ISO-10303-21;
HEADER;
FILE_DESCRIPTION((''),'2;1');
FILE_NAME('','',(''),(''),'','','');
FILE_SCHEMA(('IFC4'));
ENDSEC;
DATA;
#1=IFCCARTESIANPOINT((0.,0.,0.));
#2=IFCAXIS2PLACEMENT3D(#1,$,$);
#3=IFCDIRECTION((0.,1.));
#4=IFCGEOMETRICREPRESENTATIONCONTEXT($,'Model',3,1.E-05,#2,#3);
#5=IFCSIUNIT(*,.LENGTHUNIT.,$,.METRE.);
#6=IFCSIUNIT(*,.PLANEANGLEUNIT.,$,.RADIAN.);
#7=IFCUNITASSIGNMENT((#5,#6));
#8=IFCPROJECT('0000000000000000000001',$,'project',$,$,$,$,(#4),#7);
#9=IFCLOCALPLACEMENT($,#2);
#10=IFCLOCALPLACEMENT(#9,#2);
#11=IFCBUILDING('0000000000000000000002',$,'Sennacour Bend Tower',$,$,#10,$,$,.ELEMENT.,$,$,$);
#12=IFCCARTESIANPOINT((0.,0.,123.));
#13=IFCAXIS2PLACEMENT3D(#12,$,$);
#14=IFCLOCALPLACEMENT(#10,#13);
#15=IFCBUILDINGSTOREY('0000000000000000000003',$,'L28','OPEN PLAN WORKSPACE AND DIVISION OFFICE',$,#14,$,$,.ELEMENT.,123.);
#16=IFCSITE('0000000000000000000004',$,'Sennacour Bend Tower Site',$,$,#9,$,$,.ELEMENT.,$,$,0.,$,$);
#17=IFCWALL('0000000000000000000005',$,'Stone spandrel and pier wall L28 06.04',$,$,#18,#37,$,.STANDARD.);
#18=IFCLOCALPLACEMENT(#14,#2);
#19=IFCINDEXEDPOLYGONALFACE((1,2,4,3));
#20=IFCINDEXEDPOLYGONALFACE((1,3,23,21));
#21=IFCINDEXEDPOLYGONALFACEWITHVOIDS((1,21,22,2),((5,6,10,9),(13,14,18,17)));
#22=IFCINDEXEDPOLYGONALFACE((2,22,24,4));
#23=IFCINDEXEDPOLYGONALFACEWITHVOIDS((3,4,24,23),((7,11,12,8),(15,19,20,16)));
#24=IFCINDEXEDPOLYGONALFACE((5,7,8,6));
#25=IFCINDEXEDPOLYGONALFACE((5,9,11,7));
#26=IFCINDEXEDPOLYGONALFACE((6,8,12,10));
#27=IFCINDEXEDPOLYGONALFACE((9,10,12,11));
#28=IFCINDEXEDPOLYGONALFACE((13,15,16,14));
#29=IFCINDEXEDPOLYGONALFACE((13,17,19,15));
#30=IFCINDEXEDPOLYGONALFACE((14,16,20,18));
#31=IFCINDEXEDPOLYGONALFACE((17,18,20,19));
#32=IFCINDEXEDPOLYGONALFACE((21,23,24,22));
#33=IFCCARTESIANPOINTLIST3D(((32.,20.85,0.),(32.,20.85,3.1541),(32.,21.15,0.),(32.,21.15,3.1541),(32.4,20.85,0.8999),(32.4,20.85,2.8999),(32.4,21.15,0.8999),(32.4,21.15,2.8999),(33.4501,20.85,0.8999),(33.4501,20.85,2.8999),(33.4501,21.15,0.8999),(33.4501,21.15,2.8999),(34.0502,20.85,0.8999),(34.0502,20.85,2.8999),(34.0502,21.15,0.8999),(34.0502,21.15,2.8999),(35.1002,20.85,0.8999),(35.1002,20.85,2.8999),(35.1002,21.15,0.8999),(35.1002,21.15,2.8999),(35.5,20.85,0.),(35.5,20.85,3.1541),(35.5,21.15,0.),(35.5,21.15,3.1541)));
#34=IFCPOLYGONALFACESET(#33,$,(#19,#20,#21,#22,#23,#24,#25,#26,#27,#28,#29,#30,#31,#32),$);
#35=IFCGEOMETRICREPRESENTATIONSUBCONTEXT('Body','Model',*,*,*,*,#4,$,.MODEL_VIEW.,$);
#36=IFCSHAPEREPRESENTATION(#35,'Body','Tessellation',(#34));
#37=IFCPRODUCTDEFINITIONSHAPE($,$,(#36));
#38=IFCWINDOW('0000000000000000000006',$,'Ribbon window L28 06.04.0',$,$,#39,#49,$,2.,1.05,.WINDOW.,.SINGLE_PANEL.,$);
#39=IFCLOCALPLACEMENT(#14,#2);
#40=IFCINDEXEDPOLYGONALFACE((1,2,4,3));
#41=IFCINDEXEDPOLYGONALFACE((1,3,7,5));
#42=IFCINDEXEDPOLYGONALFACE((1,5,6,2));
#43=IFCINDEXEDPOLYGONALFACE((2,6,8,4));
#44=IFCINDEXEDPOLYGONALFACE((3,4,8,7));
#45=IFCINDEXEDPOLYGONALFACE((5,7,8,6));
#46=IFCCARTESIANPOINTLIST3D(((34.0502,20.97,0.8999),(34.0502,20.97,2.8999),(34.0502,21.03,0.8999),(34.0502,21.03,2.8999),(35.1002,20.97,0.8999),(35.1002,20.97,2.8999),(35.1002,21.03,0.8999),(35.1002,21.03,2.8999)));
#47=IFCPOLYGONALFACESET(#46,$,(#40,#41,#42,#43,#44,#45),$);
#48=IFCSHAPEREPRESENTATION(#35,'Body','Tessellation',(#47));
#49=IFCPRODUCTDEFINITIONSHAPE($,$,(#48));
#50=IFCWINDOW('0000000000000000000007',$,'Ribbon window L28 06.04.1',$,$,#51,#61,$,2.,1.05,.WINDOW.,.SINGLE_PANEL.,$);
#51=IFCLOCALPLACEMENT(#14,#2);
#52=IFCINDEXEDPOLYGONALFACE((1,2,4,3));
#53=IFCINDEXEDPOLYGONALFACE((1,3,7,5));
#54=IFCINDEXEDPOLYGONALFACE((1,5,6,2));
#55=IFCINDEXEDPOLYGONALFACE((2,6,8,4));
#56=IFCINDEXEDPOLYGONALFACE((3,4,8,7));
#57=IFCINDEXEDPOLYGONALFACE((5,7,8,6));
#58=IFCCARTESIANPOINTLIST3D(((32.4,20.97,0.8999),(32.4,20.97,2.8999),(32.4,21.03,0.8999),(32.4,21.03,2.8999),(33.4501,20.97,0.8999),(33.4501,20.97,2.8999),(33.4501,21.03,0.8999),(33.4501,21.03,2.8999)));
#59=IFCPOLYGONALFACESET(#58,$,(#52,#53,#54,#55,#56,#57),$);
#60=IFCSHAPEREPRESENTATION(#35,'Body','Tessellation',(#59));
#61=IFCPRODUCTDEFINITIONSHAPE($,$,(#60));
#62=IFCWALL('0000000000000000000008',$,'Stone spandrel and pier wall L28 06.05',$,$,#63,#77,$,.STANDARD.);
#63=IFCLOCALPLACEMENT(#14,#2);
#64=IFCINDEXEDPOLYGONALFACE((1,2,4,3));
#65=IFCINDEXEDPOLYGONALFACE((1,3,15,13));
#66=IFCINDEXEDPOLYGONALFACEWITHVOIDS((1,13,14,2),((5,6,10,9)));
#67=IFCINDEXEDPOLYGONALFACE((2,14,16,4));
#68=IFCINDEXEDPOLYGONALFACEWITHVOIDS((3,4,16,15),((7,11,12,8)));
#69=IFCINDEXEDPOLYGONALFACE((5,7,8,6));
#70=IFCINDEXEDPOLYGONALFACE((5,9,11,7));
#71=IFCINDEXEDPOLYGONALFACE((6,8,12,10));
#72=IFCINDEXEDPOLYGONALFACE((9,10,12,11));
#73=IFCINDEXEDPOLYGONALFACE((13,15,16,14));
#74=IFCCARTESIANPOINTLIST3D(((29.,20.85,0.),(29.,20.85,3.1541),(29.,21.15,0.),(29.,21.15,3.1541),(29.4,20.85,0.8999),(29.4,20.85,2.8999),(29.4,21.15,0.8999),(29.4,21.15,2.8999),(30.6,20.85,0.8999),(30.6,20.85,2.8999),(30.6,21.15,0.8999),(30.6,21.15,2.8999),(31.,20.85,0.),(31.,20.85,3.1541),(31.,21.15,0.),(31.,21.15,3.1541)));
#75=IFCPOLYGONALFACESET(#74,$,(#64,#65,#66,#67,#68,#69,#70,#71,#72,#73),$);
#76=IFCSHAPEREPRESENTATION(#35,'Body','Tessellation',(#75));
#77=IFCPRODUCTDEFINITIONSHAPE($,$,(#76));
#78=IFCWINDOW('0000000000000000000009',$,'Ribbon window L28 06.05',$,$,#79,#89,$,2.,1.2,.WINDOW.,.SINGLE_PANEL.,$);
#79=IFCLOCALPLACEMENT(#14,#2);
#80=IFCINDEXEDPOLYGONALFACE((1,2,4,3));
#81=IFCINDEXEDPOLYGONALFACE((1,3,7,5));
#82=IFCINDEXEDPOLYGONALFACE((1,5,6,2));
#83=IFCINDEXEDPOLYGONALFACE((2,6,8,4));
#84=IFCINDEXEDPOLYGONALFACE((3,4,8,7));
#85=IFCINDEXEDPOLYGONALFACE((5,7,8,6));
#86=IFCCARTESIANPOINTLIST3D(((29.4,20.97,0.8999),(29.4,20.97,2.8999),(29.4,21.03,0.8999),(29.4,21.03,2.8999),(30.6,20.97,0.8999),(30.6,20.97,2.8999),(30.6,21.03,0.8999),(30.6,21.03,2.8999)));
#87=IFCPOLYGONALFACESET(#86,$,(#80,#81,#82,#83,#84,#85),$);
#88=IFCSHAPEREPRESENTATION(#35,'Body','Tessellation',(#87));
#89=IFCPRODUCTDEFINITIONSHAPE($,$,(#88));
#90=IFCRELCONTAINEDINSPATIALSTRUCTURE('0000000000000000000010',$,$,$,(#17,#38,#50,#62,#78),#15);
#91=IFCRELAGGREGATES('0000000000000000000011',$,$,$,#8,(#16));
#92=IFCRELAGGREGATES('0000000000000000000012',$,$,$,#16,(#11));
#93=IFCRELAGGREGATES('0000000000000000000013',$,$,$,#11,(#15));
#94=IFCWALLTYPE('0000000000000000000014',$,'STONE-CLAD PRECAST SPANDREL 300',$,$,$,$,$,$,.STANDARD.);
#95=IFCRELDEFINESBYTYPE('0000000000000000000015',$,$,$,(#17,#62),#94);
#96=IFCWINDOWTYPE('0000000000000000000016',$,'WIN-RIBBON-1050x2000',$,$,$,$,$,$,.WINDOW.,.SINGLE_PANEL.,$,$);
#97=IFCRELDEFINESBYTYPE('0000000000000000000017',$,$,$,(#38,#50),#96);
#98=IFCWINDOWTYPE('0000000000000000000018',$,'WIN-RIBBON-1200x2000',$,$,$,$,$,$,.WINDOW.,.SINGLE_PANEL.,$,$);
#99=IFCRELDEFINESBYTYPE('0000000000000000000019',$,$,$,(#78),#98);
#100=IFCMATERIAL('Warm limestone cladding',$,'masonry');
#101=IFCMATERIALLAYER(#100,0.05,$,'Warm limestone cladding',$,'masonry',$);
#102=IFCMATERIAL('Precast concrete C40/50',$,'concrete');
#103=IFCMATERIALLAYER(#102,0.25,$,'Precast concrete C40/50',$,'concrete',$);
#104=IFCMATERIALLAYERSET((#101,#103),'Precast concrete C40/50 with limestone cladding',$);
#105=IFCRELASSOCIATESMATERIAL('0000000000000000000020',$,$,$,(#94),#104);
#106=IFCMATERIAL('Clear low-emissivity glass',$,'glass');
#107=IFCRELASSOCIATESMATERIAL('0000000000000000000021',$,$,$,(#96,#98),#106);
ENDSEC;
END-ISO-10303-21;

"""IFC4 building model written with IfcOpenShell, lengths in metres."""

from ifc_helpers import new_model, si_unit, direction, frame, frame_2d, origin, place, context, subcontext, project, spatial, rectangle, extrude, material, layer, layer_set, type_object, element, fill, save


model = new_model("IFC4")

# Units and contexts
model_context = context("Model", 3, precision=1e-05, world=origin(), true_north=direction((0.0, 1.0)))
body_context = subcontext(model_context, "Body", "Model", "MODEL_VIEW")
ifc_project = project(units=[si_unit("LENGTHUNIT", "METRE"), si_unit("PLANEANGLEUNIT", "RADIAN")], contexts=[model_context])

# Site, building, storey
site_placement = place(None, origin())
site = spatial("IfcSite", under=ifc_project, at=site_placement, Name="Sennacour Bend Tower Site", CompositionType="ELEMENT", RefElevation=0.0)
building_placement = place(site_placement, origin())
building = spatial("IfcBuilding", under=site, at=building_placement, Name="Sennacour Bend Tower", CompositionType="ELEMENT")
storey_placement = place(building_placement, frame((0.0, 0.0, 123.0)))
storey = spatial("IfcBuildingStorey", under=building, at=storey_placement, Name="L28", Description="OPEN PLAN WORKSPACE AND DIVISION OFFICE", CompositionType="ELEMENT", Elevation=123.0)

# Wall, openings, windows
ifc_material_1 = material(Name="Warm limestone cladding", Category="masonry")
ifc_layer_1 = layer(ifc_material_1, 0.05, Name="Warm limestone cladding", Category="masonry")
ifc_material_2 = material(Name="Precast concrete C40/50", Category="concrete")
ifc_layer_2 = layer(ifc_material_2, 0.25, Name="Precast concrete C40/50", Category="concrete")
ifc_layer_set_1 = layer_set([ifc_layer_1, ifc_layer_2], Name="Precast concrete C40/50 with limestone cladding")
wall_type_1 = type_object("IfcWallType", Name="STONE-CLAD PRECAST SPANDREL 300", PredefinedType="STANDARD", material=ifc_layer_set_1)
ifc_material_3 = material(Name="Clear low-emissivity glass", Category="glass")
window_type_1 = type_object("IfcWindowType", Name="WIN-RIBBON-1050x2000", PartitioningType="SINGLE_PANEL", PredefinedType="WINDOW", material=ifc_material_3)
wall_1_placement = place(storey_placement, frame((35.5, 21.0, 0.0), z_axis=(0.0, 0.0, 1.0), x_axis=(-1.0, 0.0, 0.0)))
wall_1 = element("IfcWall", 1, at=wall_1_placement, inside=storey, type_object=wall_type_1, Name="Stone spandrel and pier wall L28 06.04", PredefinedType="STANDARD", context=body_context, shape_type="SweptSolid", body=[
    extrude(rectangle(XDim=3.5, YDim=0.3, at=frame_2d((1.75, 0.0))), origin(), (0.0, 0.0, 1.0), 3.1541),
])
opening_1_placement = place(wall_1_placement, frame((0.3999, 0.0, 0.8999)))
opening_1 = element("IfcOpeningElement", 2, at=opening_1_placement, cuts=wall_1, PredefinedType="OPENING", context=body_context, shape_type="SweptSolid", body=[
    extrude(rectangle(XDim=1.05, YDim=2.0, at=frame_2d((0.5249, 1.0))), frame((0.0, 0.1602, 0.0), z_axis=(0.0, -1.0, 0.0), x_axis=(1.0, 0.0, 0.0)), (0.0, 0.0, 1.0), 0.3201),
])
opening_2_placement = place(wall_1_placement, frame((2.05, 0.0, 0.8999)))
opening_2 = element("IfcOpeningElement", 3, at=opening_2_placement, cuts=wall_1, PredefinedType="OPENING", context=body_context, shape_type="SweptSolid", body=[
    extrude(rectangle(XDim=1.05, YDim=2.0, at=frame_2d((0.5249, 1.0))), frame((0.0, 0.1602, 0.0), z_axis=(0.0, -1.0, 0.0), x_axis=(1.0, 0.0, 0.0)), (0.0, 0.0, 1.0), 0.3201),
])
window_1_placement = place(opening_1_placement, origin())
window_1 = element("IfcWindow", 4, at=window_1_placement, inside=storey, type_object=window_type_1, Name="Ribbon window L28 06.04.0", OverallHeight=2.0, OverallWidth=1.05, PartitioningType="SINGLE_PANEL", PredefinedType="WINDOW", context=body_context, shape_type="SweptSolid", body=[
    extrude(rectangle(XDim=1.05, YDim=2.0, at=frame_2d((0.5249, 1.0))), frame((0.0, 0.03, 0.0), z_axis=(0.0, -1.0, 0.0), x_axis=(1.0, 0.0, 0.0)), (0.0, 0.0, 1.0), 0.0601),
])
fill(opening_1, window_1)
window_2_placement = place(opening_2_placement, origin())
window_2 = element("IfcWindow", 5, at=window_2_placement, inside=storey, type_object=window_type_1, Name="Ribbon window L28 06.04.1", OverallHeight=2.0, OverallWidth=1.05, PartitioningType="SINGLE_PANEL", PredefinedType="WINDOW", context=body_context, shape_type="SweptSolid", body=[
    extrude(rectangle(XDim=1.05, YDim=2.0, at=frame_2d((0.5249, 1.0))), frame((0.0, 0.03, 0.0), z_axis=(0.0, -1.0, 0.0), x_axis=(1.0, 0.0, 0.0)), (0.0, 0.0, 1.0), 0.0601),
])
fill(opening_2, window_2)

# Wall, opening, window
wall_2_placement = place(storey_placement, frame((31.0, 21.0, 0.0), z_axis=(0.0, 0.0, 1.0), x_axis=(-1.0, 0.0, 0.0)))
wall_2 = element("IfcWall", 6, at=wall_2_placement, inside=storey, type_object=wall_type_1, Name="Stone spandrel and pier wall L28 06.05", PredefinedType="STANDARD", context=body_context, shape_type="SweptSolid", body=[
    extrude(rectangle(XDim=2.0, YDim=0.3, at=frame_2d((1.0, 0.0))), origin(), (0.0, 0.0, 1.0), 3.1541),
])
opening_3_placement = place(wall_2_placement, frame((0.3999, 0.0, 0.8999)))
opening_3 = element("IfcOpeningElement", 7, at=opening_3_placement, cuts=wall_2, PredefinedType="OPENING", context=body_context, shape_type="SweptSolid", body=[
    extrude(rectangle(XDim=1.2, YDim=2.0, at=frame_2d((0.6001, 1.0))), frame((0.0, 0.1602, 0.0), z_axis=(0.0, -1.0, 0.0), x_axis=(1.0, 0.0, 0.0)), (0.0, 0.0, 1.0), 0.3201),
])
window_type_2 = type_object("IfcWindowType", Name="WIN-RIBBON-1200x2000", PartitioningType="SINGLE_PANEL", PredefinedType="WINDOW", material=ifc_material_3)
window_3_placement = place(opening_3_placement, origin())
window_3 = element("IfcWindow", 8, at=window_3_placement, inside=storey, type_object=window_type_2, Name="Ribbon window L28 06.05", OverallHeight=2.0, OverallWidth=1.2, PartitioningType="SINGLE_PANEL", PredefinedType="WINDOW", context=body_context, shape_type="SweptSolid", body=[
    extrude(rectangle(XDim=1.2, YDim=2.0, at=frame_2d((0.6001, 1.0))), frame((0.0, 0.03, 0.0), z_axis=(0.0, -1.0, 0.0), x_axis=(1.0, 0.0, 0.0)), (0.0, 0.0, 1.0), 0.0601),
])
fill(opening_3, window_3)

save(model, "model.ifc")
